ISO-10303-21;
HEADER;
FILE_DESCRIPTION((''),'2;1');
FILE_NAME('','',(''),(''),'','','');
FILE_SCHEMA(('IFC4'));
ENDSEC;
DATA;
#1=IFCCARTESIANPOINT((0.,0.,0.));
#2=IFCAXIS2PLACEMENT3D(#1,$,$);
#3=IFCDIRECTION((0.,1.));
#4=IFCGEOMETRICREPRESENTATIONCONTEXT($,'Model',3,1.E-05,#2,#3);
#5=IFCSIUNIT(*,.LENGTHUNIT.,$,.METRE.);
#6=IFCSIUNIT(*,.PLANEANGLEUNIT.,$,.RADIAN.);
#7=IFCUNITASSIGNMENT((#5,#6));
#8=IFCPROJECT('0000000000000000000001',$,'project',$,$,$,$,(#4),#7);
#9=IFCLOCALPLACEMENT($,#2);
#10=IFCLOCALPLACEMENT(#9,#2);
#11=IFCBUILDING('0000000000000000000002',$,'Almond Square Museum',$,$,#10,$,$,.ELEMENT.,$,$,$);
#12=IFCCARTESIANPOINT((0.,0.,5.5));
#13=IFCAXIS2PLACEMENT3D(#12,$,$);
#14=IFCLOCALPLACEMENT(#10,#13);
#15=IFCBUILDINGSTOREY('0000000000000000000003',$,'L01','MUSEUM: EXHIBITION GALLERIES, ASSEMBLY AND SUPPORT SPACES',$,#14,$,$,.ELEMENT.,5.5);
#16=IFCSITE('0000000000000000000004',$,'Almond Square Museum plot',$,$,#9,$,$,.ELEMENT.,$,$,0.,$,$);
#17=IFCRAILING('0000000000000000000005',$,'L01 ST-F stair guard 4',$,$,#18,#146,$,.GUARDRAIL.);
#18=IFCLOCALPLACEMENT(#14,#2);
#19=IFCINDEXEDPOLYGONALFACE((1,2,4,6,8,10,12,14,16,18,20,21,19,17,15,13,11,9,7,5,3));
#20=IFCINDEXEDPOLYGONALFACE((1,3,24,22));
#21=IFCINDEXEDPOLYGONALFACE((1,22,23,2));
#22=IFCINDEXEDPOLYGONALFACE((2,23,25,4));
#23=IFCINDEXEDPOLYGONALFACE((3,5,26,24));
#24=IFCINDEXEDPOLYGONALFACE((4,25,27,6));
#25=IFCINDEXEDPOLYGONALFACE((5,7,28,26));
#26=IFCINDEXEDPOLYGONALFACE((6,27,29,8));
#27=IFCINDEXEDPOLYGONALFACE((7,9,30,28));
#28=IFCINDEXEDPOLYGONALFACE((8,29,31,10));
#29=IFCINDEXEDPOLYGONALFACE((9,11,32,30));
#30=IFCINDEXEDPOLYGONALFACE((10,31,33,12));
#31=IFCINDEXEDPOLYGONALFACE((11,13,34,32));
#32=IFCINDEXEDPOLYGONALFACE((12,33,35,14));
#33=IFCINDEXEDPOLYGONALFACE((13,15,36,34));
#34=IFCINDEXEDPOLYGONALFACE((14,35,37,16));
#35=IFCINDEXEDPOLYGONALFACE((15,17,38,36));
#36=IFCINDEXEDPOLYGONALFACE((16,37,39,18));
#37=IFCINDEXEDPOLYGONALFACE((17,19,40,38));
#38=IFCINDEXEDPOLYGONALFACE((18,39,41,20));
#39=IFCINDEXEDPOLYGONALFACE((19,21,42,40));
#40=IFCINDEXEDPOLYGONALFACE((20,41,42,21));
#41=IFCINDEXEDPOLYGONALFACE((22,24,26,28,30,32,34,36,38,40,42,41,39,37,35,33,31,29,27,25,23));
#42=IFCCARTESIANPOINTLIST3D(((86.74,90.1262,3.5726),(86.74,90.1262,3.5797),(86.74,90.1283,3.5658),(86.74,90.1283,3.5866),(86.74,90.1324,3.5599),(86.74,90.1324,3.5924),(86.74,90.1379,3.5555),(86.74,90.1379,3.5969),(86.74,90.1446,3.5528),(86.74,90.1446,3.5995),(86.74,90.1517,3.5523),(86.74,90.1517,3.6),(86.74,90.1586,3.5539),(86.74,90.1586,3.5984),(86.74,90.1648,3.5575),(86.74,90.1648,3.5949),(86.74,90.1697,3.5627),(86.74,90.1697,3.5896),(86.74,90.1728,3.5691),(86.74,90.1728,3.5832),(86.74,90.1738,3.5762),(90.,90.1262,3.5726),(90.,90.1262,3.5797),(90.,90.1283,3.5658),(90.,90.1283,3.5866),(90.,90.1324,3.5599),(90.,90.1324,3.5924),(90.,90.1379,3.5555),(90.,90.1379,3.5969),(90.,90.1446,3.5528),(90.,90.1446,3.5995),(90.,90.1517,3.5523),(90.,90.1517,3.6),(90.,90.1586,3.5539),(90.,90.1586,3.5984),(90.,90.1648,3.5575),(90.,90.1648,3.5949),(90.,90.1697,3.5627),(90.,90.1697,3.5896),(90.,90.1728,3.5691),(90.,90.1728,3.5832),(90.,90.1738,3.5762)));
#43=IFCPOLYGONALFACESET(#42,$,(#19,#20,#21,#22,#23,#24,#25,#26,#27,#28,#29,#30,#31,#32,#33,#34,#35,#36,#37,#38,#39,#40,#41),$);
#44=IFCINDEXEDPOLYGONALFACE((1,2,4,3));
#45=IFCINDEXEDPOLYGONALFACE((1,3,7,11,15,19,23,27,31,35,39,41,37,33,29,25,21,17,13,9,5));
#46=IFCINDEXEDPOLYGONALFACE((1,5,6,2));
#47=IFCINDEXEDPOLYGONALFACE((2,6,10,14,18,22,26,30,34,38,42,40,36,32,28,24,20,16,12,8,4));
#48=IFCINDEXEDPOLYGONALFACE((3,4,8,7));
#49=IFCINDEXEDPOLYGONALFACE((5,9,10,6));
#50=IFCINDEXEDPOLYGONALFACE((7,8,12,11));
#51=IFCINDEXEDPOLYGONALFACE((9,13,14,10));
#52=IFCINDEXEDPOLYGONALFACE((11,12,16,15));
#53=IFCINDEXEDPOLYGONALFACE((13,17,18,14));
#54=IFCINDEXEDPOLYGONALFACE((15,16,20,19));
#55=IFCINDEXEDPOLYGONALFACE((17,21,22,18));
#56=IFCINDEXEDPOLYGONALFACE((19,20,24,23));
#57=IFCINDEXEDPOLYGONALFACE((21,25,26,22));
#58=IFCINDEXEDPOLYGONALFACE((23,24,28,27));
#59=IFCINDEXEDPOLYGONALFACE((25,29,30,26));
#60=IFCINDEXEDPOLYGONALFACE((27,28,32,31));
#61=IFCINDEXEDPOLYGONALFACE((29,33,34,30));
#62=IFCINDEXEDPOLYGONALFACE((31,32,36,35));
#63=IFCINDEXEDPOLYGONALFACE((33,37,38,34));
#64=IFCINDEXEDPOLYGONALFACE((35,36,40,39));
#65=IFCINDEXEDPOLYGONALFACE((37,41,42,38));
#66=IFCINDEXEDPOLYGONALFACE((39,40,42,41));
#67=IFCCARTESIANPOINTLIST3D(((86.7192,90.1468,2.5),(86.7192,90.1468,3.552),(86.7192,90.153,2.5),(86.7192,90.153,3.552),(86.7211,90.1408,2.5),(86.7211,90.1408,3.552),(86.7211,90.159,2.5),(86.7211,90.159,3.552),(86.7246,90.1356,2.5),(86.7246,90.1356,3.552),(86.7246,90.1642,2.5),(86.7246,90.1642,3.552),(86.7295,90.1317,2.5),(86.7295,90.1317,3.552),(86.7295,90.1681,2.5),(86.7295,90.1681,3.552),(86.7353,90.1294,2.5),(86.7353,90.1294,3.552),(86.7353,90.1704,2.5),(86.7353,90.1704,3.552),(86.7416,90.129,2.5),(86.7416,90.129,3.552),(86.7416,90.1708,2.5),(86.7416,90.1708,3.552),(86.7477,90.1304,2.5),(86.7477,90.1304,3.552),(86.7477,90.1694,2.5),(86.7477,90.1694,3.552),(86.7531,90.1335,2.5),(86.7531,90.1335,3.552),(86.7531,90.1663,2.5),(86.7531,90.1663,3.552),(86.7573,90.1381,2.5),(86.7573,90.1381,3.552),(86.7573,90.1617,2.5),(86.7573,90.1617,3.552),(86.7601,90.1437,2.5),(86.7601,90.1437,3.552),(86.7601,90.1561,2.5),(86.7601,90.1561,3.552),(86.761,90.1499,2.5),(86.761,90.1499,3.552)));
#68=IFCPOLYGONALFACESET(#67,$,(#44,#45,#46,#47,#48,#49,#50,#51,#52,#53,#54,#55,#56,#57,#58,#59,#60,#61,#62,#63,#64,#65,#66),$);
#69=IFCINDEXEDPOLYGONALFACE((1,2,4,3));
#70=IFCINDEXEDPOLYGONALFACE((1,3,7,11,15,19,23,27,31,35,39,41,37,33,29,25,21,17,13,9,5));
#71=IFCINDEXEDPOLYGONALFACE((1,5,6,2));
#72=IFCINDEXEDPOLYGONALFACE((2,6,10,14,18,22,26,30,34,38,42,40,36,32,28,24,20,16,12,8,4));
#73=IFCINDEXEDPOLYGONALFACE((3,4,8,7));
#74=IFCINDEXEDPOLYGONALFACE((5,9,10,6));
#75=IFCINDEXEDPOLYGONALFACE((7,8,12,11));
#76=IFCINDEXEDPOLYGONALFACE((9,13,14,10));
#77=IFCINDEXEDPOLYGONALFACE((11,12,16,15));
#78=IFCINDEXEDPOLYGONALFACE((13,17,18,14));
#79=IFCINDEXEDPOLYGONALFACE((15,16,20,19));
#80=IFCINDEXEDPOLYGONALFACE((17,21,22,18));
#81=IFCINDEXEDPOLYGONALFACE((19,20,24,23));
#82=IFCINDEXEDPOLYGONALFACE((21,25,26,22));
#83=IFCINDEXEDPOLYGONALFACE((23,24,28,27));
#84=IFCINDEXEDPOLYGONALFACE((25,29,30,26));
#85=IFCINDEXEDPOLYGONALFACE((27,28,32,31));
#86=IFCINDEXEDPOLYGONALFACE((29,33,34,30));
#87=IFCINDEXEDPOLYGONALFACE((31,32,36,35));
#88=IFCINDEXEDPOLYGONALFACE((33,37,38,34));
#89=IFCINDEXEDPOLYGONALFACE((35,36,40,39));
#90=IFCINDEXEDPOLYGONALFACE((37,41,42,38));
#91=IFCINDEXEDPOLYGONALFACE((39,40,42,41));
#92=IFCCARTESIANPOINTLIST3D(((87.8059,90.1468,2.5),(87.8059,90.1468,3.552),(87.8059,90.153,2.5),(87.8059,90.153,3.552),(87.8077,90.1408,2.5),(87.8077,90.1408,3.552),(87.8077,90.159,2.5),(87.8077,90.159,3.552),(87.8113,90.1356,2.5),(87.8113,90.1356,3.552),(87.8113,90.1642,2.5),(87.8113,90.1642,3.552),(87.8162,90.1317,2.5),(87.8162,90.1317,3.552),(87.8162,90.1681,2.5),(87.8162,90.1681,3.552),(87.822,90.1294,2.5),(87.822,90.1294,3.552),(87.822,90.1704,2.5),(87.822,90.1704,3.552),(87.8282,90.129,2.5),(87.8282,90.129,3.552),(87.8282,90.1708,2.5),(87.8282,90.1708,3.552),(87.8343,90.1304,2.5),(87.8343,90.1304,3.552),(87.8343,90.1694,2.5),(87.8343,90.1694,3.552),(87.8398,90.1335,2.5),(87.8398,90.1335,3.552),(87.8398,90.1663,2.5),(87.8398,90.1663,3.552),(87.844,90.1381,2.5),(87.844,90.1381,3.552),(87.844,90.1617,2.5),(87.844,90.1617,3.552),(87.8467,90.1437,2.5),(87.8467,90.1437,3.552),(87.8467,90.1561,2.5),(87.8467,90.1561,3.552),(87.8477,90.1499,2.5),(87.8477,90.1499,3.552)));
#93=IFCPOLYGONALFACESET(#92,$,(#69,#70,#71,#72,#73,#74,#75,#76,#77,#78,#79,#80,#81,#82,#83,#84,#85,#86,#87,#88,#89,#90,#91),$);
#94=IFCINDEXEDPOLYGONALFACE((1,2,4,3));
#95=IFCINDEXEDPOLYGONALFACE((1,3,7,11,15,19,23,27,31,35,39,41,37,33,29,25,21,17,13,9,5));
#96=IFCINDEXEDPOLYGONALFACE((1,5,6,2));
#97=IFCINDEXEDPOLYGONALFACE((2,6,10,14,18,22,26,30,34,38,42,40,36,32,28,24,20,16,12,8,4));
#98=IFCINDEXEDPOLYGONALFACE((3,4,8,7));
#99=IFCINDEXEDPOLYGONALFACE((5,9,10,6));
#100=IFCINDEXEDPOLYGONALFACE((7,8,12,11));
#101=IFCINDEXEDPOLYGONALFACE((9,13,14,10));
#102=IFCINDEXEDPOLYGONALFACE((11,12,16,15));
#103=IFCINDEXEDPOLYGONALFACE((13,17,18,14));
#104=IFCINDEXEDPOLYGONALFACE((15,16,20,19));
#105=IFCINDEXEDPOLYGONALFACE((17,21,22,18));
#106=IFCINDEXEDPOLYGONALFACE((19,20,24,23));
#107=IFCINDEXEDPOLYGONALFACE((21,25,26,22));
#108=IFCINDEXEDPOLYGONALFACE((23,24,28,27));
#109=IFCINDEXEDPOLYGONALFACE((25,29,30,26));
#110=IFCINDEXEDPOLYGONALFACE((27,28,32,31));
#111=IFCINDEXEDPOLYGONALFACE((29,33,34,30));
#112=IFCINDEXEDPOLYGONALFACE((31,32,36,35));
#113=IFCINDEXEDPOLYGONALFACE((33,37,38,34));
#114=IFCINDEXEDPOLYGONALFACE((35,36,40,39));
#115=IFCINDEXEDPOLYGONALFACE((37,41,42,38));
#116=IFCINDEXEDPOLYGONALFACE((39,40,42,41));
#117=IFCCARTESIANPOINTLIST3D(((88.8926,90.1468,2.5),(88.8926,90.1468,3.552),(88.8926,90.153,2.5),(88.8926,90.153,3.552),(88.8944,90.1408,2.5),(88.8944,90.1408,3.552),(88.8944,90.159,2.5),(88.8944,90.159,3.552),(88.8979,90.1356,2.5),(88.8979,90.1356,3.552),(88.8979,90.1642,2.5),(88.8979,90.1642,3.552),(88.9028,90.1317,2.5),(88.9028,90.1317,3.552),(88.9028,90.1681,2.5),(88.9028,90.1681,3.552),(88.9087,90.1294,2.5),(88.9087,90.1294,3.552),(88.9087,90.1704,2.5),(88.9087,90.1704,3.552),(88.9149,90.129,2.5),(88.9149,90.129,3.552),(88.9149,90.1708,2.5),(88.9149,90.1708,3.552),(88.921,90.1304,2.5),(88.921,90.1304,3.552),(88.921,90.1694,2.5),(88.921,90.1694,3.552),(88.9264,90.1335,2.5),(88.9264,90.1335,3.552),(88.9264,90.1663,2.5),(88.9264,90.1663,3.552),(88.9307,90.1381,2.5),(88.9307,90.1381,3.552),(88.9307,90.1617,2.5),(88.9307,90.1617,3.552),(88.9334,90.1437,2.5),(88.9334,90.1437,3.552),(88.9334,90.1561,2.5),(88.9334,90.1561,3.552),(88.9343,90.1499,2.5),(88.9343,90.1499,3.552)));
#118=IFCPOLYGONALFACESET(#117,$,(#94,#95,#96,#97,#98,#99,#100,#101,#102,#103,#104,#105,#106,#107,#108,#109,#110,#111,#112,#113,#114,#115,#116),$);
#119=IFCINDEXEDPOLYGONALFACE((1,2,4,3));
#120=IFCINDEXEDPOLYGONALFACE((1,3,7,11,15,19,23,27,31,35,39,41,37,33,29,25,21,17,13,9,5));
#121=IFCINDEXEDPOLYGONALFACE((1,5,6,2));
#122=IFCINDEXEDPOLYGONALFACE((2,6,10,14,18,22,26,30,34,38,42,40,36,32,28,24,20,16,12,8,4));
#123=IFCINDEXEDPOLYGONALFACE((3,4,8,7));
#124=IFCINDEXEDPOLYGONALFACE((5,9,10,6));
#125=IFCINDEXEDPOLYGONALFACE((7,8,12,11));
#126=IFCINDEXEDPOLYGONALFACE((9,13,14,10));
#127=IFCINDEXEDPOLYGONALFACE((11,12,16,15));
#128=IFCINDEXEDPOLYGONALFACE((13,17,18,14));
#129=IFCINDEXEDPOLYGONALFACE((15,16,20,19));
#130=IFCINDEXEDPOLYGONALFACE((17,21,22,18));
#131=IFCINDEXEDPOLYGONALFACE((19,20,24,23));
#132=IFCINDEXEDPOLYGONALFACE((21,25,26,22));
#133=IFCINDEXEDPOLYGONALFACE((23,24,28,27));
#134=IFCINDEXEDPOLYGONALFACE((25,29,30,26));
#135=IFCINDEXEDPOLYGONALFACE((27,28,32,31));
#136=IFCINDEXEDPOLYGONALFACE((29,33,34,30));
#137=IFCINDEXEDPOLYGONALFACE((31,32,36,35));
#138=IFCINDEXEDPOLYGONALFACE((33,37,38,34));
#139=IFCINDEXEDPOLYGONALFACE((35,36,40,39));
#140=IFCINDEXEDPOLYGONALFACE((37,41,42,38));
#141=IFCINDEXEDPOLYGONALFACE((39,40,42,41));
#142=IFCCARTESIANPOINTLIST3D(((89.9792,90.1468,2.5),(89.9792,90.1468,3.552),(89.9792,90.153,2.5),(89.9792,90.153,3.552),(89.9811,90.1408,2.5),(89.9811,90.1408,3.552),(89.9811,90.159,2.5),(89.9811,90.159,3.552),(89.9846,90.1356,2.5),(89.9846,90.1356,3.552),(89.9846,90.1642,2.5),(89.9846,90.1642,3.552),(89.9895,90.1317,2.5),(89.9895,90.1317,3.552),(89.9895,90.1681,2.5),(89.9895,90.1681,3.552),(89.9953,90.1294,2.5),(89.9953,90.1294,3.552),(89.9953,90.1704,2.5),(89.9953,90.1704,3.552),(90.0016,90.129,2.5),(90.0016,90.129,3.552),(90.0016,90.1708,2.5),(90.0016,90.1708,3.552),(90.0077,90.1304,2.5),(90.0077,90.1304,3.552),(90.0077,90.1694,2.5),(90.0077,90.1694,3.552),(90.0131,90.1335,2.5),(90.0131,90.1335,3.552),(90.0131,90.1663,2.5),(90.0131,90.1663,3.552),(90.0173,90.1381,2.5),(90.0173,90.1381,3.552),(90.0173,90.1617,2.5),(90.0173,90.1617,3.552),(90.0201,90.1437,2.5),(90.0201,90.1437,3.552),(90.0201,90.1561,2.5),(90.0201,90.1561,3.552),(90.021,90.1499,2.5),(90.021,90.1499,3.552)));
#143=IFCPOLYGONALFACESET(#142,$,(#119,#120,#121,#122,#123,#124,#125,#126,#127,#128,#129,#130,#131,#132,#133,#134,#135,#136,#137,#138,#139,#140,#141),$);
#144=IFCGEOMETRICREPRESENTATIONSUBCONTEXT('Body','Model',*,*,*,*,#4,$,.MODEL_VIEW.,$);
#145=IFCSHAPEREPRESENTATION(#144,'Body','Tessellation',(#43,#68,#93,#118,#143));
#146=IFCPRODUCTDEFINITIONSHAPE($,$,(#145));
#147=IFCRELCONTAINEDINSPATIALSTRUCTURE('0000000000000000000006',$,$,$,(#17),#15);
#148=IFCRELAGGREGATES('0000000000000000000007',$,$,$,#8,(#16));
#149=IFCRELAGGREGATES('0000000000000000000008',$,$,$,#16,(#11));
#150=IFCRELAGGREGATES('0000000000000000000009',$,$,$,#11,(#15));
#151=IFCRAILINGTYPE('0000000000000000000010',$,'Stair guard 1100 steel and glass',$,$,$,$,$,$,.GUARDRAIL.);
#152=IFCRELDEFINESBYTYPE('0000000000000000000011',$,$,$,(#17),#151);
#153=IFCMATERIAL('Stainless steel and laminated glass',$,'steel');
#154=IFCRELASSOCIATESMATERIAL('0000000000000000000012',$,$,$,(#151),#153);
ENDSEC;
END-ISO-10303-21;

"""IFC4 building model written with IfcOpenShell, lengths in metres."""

from ifc_helpers import new_model, si_unit, direction, frame, origin, origin_2d, place, context, subcontext, project, spatial, circle, extrude, material, type_object, element, save


model = new_model("IFC4")

# Units and contexts
model_context = context("Model", 3, precision=1e-05, world=origin(), true_north=direction((0.0, 1.0)))
body_context = subcontext(model_context, "Body", "Model", "MODEL_VIEW")
ifc_project = project(units=[si_unit("LENGTHUNIT", "METRE"), si_unit("PLANEANGLEUNIT", "RADIAN")], contexts=[model_context])

# Site, building, storey
site_placement = place(None, origin())
site = spatial("IfcSite", under=ifc_project, at=site_placement, Name="Almond Square Museum plot", CompositionType="ELEMENT", RefElevation=0.0)
building_placement = place(site_placement, origin())
building = spatial("IfcBuilding", under=site, at=building_placement, Name="Almond Square Museum", CompositionType="ELEMENT")
storey_placement = place(building_placement, frame((0.0, 0.0, 5.5)))
storey = spatial("IfcBuildingStorey", under=building, at=storey_placement, Name="L01", Description="MUSEUM: EXHIBITION GALLERIES, ASSEMBLY AND SUPPORT SPACES", CompositionType="ELEMENT", Elevation=5.5)

# Railing
ifc_material_1 = material(Name="Stainless steel and laminated glass", Category="steel")
railing_type_1 = type_object("IfcRailingType", Name="Stair guard 1100 steel and glass", PredefinedType="GUARDRAIL", material=ifc_material_1)
for number, where, name in (
    (1, (86.74, 90.1499, 2.5), "L01 ST-F stair guard 4"),
):
    element("IfcRailing", number, at=place(storey_placement, frame(where)), inside=storey, type_object=railing_type_1, Name=name, PredefinedType="GUARDRAIL", context=body_context, shape_type="SweptSolid", body=[
        extrude(circle(Radius=0.0239, at=origin_2d()), frame((0.0, 0.0, 1.0762), z_axis=(1.0, 0.0, 0.0), x_axis=(0.0, 1.0, 0.0)), (0.0, 0.0, 1.0), 3.26),
        extrude(circle(Radius=0.021, at=origin_2d()), origin(), (0.0, 0.0, 1.0), 1.052),
        extrude(circle(Radius=0.021, at=origin_2d()), frame((1.0867, 0.0, 0.0)), (0.0, 0.0, 1.0), 1.052),
        extrude(circle(Radius=0.021, at=origin_2d()), frame((2.1733, 0.0, 0.0)), (0.0, 0.0, 1.0), 1.052),
        extrude(circle(Radius=0.021, at=origin_2d()), frame((3.26, 0.0, 0.0)), (0.0, 0.0, 1.0), 1.052),
    ])

save(model, "model.ifc")
